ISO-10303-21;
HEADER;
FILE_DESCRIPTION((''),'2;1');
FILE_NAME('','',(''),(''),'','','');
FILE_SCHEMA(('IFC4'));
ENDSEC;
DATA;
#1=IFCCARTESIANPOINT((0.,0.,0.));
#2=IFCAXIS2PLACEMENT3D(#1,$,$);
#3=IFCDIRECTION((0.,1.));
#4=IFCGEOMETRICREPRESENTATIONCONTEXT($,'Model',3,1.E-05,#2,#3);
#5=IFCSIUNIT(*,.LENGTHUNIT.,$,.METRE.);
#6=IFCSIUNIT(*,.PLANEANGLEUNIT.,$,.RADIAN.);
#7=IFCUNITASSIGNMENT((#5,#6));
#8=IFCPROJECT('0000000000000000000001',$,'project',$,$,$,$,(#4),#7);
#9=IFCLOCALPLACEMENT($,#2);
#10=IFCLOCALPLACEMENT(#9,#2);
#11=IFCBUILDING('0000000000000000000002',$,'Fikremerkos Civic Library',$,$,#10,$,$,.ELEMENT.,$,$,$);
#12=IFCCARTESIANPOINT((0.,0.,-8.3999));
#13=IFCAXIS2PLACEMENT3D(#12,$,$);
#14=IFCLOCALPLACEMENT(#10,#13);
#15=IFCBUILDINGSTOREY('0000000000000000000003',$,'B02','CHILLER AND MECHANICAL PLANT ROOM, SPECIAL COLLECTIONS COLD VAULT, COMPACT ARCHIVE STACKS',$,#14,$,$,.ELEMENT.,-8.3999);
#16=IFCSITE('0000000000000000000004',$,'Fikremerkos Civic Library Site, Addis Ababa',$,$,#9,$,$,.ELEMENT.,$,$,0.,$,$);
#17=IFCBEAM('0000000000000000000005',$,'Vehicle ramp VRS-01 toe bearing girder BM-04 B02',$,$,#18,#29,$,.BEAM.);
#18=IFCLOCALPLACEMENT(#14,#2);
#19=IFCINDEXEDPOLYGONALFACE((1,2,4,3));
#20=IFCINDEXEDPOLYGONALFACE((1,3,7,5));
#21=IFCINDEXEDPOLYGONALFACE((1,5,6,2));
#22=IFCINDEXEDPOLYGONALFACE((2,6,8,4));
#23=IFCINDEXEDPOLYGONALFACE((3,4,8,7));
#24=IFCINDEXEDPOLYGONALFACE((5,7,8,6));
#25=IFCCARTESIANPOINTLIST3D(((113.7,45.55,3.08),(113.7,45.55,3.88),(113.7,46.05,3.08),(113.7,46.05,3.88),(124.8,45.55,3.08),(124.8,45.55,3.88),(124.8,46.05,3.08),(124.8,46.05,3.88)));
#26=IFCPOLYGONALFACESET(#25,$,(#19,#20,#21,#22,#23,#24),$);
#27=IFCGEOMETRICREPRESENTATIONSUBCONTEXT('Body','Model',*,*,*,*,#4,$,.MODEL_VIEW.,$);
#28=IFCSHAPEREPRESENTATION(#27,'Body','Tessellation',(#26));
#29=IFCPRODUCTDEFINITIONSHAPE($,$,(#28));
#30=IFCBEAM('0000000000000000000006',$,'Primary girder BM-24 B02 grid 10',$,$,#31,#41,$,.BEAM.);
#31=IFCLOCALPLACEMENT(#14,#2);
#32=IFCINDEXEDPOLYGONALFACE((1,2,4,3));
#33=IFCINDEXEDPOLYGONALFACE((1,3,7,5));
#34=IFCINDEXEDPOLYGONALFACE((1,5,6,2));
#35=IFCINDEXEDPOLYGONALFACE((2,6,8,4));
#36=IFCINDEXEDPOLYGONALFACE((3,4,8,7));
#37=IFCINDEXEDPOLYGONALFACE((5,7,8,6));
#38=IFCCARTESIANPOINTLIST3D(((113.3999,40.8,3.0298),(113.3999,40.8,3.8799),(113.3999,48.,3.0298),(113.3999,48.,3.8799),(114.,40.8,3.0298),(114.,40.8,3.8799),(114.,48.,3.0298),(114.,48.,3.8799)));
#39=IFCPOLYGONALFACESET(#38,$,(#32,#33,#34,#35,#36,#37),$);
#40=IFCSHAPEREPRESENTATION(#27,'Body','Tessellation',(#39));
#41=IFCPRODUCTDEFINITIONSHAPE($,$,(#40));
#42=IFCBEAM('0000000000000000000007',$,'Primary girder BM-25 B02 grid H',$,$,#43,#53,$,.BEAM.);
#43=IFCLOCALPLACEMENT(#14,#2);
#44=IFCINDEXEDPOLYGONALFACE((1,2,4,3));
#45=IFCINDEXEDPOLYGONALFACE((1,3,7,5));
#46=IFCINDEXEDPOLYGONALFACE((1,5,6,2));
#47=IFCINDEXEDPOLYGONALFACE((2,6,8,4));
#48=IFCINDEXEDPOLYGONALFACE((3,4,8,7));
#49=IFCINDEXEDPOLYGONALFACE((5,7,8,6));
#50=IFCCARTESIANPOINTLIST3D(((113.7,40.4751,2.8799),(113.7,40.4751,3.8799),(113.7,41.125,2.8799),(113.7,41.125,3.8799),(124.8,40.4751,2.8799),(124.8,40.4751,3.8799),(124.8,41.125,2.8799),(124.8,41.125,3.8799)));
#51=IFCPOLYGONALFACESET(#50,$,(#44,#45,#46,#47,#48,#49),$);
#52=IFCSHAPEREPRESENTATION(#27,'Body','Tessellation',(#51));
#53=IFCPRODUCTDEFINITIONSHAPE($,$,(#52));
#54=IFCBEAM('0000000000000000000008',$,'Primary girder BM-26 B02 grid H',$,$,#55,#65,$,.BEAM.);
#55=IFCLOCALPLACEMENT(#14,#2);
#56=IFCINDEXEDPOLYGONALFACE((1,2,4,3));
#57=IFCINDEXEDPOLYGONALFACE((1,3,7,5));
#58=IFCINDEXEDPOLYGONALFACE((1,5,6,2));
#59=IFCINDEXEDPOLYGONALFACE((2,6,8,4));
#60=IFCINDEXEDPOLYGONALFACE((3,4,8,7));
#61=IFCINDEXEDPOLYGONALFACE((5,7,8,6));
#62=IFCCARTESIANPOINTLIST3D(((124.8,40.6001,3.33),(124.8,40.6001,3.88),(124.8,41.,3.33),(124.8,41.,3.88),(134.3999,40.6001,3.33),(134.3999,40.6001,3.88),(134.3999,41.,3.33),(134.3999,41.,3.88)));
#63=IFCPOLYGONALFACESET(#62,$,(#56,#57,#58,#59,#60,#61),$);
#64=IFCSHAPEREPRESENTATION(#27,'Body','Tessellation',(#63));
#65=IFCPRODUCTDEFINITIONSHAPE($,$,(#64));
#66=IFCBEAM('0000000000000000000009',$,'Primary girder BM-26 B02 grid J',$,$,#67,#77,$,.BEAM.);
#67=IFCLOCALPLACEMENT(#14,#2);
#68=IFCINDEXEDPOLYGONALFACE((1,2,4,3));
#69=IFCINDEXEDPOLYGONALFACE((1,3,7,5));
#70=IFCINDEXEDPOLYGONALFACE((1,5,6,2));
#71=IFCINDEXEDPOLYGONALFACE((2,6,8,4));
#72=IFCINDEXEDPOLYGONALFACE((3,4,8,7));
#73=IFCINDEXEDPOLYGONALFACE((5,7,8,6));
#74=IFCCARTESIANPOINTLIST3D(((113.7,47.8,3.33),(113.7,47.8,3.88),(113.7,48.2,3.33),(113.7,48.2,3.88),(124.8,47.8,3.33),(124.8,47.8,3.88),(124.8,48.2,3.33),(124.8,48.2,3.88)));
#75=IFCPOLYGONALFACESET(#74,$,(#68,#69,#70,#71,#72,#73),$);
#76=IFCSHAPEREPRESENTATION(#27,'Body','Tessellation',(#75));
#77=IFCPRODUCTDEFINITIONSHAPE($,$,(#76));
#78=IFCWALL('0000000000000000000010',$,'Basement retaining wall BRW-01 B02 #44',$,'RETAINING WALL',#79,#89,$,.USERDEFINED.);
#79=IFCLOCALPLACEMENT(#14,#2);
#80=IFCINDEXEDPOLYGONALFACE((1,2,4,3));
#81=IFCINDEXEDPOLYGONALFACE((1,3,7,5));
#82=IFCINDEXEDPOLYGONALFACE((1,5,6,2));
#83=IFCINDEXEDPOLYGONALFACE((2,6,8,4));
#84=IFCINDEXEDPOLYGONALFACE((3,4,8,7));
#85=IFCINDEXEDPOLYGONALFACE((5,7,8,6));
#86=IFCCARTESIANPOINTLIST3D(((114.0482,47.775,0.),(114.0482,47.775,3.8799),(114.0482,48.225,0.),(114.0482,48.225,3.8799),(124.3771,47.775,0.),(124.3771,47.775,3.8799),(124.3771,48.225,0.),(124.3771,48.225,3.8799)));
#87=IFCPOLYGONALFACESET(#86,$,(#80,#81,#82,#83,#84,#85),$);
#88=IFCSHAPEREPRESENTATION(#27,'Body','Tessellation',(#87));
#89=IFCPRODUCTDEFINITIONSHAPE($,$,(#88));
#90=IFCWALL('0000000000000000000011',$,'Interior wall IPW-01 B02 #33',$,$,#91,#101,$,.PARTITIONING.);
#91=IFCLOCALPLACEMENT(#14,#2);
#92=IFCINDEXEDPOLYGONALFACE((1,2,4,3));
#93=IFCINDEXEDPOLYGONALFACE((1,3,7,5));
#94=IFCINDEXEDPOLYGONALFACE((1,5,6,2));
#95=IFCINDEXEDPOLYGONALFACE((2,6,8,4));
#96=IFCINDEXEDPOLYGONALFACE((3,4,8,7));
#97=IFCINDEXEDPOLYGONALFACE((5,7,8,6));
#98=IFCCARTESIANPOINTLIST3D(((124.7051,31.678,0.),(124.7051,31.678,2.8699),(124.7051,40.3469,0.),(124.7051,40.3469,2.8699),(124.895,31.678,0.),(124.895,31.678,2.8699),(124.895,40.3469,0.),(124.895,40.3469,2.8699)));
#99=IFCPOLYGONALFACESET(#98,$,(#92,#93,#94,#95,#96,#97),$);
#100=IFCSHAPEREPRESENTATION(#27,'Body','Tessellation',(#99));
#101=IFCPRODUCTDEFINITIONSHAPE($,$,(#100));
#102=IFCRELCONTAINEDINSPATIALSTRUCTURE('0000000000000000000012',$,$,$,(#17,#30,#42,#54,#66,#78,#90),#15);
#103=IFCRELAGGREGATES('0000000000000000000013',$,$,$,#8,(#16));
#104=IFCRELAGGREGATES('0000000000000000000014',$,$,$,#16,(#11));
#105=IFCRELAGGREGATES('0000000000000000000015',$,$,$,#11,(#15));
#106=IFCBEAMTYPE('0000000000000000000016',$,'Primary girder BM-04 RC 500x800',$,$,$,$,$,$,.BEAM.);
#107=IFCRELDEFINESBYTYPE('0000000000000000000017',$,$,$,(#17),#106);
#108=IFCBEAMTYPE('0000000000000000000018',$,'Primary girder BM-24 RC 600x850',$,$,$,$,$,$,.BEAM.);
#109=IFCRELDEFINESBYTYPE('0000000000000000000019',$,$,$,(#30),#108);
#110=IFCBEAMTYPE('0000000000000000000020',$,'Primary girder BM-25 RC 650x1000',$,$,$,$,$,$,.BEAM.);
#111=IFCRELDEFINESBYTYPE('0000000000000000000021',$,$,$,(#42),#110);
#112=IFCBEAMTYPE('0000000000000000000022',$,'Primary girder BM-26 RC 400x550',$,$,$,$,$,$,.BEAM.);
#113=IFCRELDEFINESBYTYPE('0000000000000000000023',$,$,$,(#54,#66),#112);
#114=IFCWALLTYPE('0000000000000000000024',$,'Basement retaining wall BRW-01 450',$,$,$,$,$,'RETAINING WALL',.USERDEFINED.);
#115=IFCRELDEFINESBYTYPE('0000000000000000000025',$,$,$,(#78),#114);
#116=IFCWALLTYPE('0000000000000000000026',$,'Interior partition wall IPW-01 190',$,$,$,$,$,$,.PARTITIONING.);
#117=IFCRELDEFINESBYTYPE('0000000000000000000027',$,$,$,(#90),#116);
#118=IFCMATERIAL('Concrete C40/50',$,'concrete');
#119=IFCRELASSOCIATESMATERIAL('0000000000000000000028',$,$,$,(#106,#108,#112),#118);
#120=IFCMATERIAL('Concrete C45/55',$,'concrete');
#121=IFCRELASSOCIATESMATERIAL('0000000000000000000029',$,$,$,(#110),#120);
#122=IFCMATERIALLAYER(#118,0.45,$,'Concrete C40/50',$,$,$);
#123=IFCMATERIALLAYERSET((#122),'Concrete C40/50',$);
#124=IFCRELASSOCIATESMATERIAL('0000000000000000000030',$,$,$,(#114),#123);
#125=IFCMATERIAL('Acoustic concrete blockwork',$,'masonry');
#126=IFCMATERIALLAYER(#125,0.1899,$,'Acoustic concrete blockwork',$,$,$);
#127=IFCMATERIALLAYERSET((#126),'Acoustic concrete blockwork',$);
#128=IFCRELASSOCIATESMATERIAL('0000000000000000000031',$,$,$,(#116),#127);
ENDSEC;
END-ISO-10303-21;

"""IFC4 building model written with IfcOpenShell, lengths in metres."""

from ifc_helpers import new_model, si_unit, direction, frame, frame_2d, origin, origin_2d, place, context, subcontext, project, spatial, rectangle, extrude, material, layer, layer_set, material_profile, profile_set, type_object, element, save


model = new_model("IFC4")

# Units and contexts
model_context = context("Model", 3, precision=1e-05, world=origin(), true_north=direction((0.0, 1.0)))
body_context = subcontext(model_context, "Body", "Model", "MODEL_VIEW")
ifc_project = project(units=[si_unit("LENGTHUNIT", "METRE"), si_unit("PLANEANGLEUNIT", "RADIAN")], contexts=[model_context])

# Site, building, storey
site_placement = place(None, origin())
site = spatial("IfcSite", under=ifc_project, at=site_placement, Name="Fikremerkos Civic Library Site, Addis Ababa", CompositionType="ELEMENT", RefElevation=0.0)
building_placement = place(site_placement, origin())
building = spatial("IfcBuilding", under=site, at=building_placement, Name="Fikremerkos Civic Library", CompositionType="ELEMENT")
storey_placement = place(building_placement, frame((0.0, 0.0, -8.3999)))
storey = spatial("IfcBuildingStorey", under=building, at=storey_placement, Name="B02", Description="CHILLER AND MECHANICAL PLANT ROOM, SPECIAL COLLECTIONS COLD VAULT, COMPACT ARCHIVE STACKS", CompositionType="ELEMENT", Elevation=-8.3999)

# Shared definitions
ifc_material_1 = material(Name="Concrete C40/50", Category="concrete")

# Shared definitions
ifc_material_2 = material(Name="Concrete C45/55", Category="concrete")

# Beams
ifc_material_profile_1 = material_profile(ifc_material_1, rectangle(XDim=0.5, YDim=0.8, at=origin_2d()), Name="RC 500x800")
ifc_profile_set_1 = profile_set([ifc_material_profile_1], Name="Concrete C40/50")
beam_type_1 = type_object("IfcBeamType", Name="Primary girder BM-04 RC 500x800", PredefinedType="BEAM", material=ifc_profile_set_1)
beam_1_placement = place(storey_placement, frame((113.7, 45.8, 3.48), z_axis=(1.0, 0.0, 0.0), x_axis=(0.0, 1.0, 0.0)))
element("IfcBeam", 1, at=beam_1_placement, inside=storey, type_object=beam_type_1, Name="Vehicle ramp VRS-01 toe bearing girder BM-04 B02", PredefinedType="BEAM", context=body_context, shape_type="SweptSolid", body=[
    extrude(rectangle(XDim=0.5, YDim=0.8, at=origin_2d()), origin(), (0.0, 0.0, 1.0), 11.1001),
])
ifc_material_profile_2 = material_profile(ifc_material_1, rectangle(XDim=0.6001, YDim=0.8501, at=origin_2d()), Name="RC 600x850")
ifc_profile_set_2 = profile_set([ifc_material_profile_2], Name="Concrete C40/50")
beam_type_2 = type_object("IfcBeamType", Name="Primary girder BM-24 RC 600x850", PredefinedType="BEAM", material=ifc_profile_set_2)
beam_2_placement = place(storey_placement, frame((113.7, 40.8, 3.4548), z_axis=(0.0, 1.0, 0.0), x_axis=(-1.0, 0.0, 0.0)))
element("IfcBeam", 2, at=beam_2_placement, inside=storey, type_object=beam_type_2, Name="Primary girder BM-24 B02 grid 10", PredefinedType="BEAM", context=body_context, shape_type="SweptSolid", body=[
    extrude(rectangle(XDim=0.6001, YDim=0.8501, at=origin_2d()), origin(), (0.0, 0.0, 1.0), 7.2),
])
ifc_material_profile_3 = material_profile(ifc_material_2, rectangle(XDim=0.6499, YDim=1.0, at=origin_2d()), Name="RC 650x1000")
ifc_profile_set_3 = profile_set([ifc_material_profile_3], Name="Concrete C45/55")
beam_type_3 = type_object("IfcBeamType", Name="Primary girder BM-25 RC 650x1000", PredefinedType="BEAM", material=ifc_profile_set_3)
beam_3_placement = place(storey_placement, frame((113.7, 40.8, 3.3799), z_axis=(1.0, 0.0, 0.0), x_axis=(0.0, 1.0, 0.0)))
element("IfcBeam", 3, at=beam_3_placement, inside=storey, type_object=beam_type_3, Name="Primary girder BM-25 B02 grid H", PredefinedType="BEAM", context=body_context, shape_type="SweptSolid", body=[
    extrude(rectangle(XDim=0.6499, YDim=1.0, at=origin_2d()), origin(), (0.0, 0.0, 1.0), 11.1001),
])
ifc_material_profile_4 = material_profile(ifc_material_1, rectangle(XDim=0.3999, YDim=0.55, at=origin_2d()), Name="RC 400x550")
ifc_profile_set_4 = profile_set([ifc_material_profile_4], Name="Concrete C40/50")
beam_type_4 = type_object("IfcBeamType", Name="Primary girder BM-26 RC 400x550", PredefinedType="BEAM", material=ifc_profile_set_4)
beam_4_placement = place(storey_placement, frame((124.8, 40.8, 3.605), z_axis=(1.0, 0.0, 0.0), x_axis=(0.0, 1.0, 0.0)))
element("IfcBeam", 4, at=beam_4_placement, inside=storey, type_object=beam_type_4, Name="Primary girder BM-26 B02 grid H", PredefinedType="BEAM", context=body_context, shape_type="SweptSolid", body=[
    extrude(rectangle(XDim=0.3999, YDim=0.55, at=origin_2d()), origin(), (0.0, 0.0, 1.0), 9.5999),
])
beam_5_placement = place(storey_placement, frame((113.7, 48.0, 3.605), z_axis=(1.0, 0.0, 0.0), x_axis=(0.0, 1.0, 0.0)))
element("IfcBeam", 5, at=beam_5_placement, inside=storey, type_object=beam_type_4, Name="Primary girder BM-26 B02 grid J", PredefinedType="BEAM", context=body_context, shape_type="SweptSolid", body=[
    extrude(rectangle(XDim=0.3999, YDim=0.55, at=origin_2d()), origin(), (0.0, 0.0, 1.0), 11.1001),
])

# Walls
ifc_layer_1 = layer(ifc_material_1, 0.45, Name="Concrete C40/50")
ifc_layer_set_1 = layer_set([ifc_layer_1], Name="Concrete C40/50")
wall_type_1 = type_object("IfcWallType", Name="Basement retaining wall BRW-01 450", ElementType="RETAINING WALL", PredefinedType="USERDEFINED", material=ifc_layer_set_1)
wall_1_placement = place(storey_placement, frame((114.0481, 48.0, 0.0), z_axis=(0.0, 0.0, 1.0), x_axis=(1.0, 0.0, 0.0)))
element("IfcWall", 6, at=wall_1_placement, inside=storey, type_object=wall_type_1, Name="Basement retaining wall BRW-01 B02 #44", ObjectType="RETAINING WALL", PredefinedType="USERDEFINED", context=body_context, shape_type="SweptSolid", body=[
    extrude(rectangle(XDim=10.3289, YDim=0.45, at=frame_2d((5.1646, 0.0))), origin(), (0.0, 0.0, 1.0), 3.8799),
])
ifc_material_3 = material(Name="Acoustic concrete blockwork", Category="masonry")
ifc_layer_2 = layer(ifc_material_3, 0.1899, Name="Acoustic concrete blockwork")
ifc_layer_set_2 = layer_set([ifc_layer_2], Name="Acoustic concrete blockwork")
wall_type_2 = type_object("IfcWallType", Name="Interior partition wall IPW-01 190", PredefinedType="PARTITIONING", material=ifc_layer_set_2)
wall_2_placement = place(storey_placement, frame((124.8, 31.678, 0.0), z_axis=(0.0, 0.0, 1.0), x_axis=(0.0, 1.0, 0.0)))
element("IfcWall", 7, at=wall_2_placement, inside=storey, type_object=wall_type_2, Name="Interior wall IPW-01 B02 #33", PredefinedType="PARTITIONING", context=body_context, shape_type="SweptSolid", body=[
    extrude(rectangle(XDim=8.6689, YDim=0.1899, at=frame_2d((4.3345, 0.0))), origin(), (0.0, 0.0, 1.0), 2.8699),
])

save(model, "model.ifc")
